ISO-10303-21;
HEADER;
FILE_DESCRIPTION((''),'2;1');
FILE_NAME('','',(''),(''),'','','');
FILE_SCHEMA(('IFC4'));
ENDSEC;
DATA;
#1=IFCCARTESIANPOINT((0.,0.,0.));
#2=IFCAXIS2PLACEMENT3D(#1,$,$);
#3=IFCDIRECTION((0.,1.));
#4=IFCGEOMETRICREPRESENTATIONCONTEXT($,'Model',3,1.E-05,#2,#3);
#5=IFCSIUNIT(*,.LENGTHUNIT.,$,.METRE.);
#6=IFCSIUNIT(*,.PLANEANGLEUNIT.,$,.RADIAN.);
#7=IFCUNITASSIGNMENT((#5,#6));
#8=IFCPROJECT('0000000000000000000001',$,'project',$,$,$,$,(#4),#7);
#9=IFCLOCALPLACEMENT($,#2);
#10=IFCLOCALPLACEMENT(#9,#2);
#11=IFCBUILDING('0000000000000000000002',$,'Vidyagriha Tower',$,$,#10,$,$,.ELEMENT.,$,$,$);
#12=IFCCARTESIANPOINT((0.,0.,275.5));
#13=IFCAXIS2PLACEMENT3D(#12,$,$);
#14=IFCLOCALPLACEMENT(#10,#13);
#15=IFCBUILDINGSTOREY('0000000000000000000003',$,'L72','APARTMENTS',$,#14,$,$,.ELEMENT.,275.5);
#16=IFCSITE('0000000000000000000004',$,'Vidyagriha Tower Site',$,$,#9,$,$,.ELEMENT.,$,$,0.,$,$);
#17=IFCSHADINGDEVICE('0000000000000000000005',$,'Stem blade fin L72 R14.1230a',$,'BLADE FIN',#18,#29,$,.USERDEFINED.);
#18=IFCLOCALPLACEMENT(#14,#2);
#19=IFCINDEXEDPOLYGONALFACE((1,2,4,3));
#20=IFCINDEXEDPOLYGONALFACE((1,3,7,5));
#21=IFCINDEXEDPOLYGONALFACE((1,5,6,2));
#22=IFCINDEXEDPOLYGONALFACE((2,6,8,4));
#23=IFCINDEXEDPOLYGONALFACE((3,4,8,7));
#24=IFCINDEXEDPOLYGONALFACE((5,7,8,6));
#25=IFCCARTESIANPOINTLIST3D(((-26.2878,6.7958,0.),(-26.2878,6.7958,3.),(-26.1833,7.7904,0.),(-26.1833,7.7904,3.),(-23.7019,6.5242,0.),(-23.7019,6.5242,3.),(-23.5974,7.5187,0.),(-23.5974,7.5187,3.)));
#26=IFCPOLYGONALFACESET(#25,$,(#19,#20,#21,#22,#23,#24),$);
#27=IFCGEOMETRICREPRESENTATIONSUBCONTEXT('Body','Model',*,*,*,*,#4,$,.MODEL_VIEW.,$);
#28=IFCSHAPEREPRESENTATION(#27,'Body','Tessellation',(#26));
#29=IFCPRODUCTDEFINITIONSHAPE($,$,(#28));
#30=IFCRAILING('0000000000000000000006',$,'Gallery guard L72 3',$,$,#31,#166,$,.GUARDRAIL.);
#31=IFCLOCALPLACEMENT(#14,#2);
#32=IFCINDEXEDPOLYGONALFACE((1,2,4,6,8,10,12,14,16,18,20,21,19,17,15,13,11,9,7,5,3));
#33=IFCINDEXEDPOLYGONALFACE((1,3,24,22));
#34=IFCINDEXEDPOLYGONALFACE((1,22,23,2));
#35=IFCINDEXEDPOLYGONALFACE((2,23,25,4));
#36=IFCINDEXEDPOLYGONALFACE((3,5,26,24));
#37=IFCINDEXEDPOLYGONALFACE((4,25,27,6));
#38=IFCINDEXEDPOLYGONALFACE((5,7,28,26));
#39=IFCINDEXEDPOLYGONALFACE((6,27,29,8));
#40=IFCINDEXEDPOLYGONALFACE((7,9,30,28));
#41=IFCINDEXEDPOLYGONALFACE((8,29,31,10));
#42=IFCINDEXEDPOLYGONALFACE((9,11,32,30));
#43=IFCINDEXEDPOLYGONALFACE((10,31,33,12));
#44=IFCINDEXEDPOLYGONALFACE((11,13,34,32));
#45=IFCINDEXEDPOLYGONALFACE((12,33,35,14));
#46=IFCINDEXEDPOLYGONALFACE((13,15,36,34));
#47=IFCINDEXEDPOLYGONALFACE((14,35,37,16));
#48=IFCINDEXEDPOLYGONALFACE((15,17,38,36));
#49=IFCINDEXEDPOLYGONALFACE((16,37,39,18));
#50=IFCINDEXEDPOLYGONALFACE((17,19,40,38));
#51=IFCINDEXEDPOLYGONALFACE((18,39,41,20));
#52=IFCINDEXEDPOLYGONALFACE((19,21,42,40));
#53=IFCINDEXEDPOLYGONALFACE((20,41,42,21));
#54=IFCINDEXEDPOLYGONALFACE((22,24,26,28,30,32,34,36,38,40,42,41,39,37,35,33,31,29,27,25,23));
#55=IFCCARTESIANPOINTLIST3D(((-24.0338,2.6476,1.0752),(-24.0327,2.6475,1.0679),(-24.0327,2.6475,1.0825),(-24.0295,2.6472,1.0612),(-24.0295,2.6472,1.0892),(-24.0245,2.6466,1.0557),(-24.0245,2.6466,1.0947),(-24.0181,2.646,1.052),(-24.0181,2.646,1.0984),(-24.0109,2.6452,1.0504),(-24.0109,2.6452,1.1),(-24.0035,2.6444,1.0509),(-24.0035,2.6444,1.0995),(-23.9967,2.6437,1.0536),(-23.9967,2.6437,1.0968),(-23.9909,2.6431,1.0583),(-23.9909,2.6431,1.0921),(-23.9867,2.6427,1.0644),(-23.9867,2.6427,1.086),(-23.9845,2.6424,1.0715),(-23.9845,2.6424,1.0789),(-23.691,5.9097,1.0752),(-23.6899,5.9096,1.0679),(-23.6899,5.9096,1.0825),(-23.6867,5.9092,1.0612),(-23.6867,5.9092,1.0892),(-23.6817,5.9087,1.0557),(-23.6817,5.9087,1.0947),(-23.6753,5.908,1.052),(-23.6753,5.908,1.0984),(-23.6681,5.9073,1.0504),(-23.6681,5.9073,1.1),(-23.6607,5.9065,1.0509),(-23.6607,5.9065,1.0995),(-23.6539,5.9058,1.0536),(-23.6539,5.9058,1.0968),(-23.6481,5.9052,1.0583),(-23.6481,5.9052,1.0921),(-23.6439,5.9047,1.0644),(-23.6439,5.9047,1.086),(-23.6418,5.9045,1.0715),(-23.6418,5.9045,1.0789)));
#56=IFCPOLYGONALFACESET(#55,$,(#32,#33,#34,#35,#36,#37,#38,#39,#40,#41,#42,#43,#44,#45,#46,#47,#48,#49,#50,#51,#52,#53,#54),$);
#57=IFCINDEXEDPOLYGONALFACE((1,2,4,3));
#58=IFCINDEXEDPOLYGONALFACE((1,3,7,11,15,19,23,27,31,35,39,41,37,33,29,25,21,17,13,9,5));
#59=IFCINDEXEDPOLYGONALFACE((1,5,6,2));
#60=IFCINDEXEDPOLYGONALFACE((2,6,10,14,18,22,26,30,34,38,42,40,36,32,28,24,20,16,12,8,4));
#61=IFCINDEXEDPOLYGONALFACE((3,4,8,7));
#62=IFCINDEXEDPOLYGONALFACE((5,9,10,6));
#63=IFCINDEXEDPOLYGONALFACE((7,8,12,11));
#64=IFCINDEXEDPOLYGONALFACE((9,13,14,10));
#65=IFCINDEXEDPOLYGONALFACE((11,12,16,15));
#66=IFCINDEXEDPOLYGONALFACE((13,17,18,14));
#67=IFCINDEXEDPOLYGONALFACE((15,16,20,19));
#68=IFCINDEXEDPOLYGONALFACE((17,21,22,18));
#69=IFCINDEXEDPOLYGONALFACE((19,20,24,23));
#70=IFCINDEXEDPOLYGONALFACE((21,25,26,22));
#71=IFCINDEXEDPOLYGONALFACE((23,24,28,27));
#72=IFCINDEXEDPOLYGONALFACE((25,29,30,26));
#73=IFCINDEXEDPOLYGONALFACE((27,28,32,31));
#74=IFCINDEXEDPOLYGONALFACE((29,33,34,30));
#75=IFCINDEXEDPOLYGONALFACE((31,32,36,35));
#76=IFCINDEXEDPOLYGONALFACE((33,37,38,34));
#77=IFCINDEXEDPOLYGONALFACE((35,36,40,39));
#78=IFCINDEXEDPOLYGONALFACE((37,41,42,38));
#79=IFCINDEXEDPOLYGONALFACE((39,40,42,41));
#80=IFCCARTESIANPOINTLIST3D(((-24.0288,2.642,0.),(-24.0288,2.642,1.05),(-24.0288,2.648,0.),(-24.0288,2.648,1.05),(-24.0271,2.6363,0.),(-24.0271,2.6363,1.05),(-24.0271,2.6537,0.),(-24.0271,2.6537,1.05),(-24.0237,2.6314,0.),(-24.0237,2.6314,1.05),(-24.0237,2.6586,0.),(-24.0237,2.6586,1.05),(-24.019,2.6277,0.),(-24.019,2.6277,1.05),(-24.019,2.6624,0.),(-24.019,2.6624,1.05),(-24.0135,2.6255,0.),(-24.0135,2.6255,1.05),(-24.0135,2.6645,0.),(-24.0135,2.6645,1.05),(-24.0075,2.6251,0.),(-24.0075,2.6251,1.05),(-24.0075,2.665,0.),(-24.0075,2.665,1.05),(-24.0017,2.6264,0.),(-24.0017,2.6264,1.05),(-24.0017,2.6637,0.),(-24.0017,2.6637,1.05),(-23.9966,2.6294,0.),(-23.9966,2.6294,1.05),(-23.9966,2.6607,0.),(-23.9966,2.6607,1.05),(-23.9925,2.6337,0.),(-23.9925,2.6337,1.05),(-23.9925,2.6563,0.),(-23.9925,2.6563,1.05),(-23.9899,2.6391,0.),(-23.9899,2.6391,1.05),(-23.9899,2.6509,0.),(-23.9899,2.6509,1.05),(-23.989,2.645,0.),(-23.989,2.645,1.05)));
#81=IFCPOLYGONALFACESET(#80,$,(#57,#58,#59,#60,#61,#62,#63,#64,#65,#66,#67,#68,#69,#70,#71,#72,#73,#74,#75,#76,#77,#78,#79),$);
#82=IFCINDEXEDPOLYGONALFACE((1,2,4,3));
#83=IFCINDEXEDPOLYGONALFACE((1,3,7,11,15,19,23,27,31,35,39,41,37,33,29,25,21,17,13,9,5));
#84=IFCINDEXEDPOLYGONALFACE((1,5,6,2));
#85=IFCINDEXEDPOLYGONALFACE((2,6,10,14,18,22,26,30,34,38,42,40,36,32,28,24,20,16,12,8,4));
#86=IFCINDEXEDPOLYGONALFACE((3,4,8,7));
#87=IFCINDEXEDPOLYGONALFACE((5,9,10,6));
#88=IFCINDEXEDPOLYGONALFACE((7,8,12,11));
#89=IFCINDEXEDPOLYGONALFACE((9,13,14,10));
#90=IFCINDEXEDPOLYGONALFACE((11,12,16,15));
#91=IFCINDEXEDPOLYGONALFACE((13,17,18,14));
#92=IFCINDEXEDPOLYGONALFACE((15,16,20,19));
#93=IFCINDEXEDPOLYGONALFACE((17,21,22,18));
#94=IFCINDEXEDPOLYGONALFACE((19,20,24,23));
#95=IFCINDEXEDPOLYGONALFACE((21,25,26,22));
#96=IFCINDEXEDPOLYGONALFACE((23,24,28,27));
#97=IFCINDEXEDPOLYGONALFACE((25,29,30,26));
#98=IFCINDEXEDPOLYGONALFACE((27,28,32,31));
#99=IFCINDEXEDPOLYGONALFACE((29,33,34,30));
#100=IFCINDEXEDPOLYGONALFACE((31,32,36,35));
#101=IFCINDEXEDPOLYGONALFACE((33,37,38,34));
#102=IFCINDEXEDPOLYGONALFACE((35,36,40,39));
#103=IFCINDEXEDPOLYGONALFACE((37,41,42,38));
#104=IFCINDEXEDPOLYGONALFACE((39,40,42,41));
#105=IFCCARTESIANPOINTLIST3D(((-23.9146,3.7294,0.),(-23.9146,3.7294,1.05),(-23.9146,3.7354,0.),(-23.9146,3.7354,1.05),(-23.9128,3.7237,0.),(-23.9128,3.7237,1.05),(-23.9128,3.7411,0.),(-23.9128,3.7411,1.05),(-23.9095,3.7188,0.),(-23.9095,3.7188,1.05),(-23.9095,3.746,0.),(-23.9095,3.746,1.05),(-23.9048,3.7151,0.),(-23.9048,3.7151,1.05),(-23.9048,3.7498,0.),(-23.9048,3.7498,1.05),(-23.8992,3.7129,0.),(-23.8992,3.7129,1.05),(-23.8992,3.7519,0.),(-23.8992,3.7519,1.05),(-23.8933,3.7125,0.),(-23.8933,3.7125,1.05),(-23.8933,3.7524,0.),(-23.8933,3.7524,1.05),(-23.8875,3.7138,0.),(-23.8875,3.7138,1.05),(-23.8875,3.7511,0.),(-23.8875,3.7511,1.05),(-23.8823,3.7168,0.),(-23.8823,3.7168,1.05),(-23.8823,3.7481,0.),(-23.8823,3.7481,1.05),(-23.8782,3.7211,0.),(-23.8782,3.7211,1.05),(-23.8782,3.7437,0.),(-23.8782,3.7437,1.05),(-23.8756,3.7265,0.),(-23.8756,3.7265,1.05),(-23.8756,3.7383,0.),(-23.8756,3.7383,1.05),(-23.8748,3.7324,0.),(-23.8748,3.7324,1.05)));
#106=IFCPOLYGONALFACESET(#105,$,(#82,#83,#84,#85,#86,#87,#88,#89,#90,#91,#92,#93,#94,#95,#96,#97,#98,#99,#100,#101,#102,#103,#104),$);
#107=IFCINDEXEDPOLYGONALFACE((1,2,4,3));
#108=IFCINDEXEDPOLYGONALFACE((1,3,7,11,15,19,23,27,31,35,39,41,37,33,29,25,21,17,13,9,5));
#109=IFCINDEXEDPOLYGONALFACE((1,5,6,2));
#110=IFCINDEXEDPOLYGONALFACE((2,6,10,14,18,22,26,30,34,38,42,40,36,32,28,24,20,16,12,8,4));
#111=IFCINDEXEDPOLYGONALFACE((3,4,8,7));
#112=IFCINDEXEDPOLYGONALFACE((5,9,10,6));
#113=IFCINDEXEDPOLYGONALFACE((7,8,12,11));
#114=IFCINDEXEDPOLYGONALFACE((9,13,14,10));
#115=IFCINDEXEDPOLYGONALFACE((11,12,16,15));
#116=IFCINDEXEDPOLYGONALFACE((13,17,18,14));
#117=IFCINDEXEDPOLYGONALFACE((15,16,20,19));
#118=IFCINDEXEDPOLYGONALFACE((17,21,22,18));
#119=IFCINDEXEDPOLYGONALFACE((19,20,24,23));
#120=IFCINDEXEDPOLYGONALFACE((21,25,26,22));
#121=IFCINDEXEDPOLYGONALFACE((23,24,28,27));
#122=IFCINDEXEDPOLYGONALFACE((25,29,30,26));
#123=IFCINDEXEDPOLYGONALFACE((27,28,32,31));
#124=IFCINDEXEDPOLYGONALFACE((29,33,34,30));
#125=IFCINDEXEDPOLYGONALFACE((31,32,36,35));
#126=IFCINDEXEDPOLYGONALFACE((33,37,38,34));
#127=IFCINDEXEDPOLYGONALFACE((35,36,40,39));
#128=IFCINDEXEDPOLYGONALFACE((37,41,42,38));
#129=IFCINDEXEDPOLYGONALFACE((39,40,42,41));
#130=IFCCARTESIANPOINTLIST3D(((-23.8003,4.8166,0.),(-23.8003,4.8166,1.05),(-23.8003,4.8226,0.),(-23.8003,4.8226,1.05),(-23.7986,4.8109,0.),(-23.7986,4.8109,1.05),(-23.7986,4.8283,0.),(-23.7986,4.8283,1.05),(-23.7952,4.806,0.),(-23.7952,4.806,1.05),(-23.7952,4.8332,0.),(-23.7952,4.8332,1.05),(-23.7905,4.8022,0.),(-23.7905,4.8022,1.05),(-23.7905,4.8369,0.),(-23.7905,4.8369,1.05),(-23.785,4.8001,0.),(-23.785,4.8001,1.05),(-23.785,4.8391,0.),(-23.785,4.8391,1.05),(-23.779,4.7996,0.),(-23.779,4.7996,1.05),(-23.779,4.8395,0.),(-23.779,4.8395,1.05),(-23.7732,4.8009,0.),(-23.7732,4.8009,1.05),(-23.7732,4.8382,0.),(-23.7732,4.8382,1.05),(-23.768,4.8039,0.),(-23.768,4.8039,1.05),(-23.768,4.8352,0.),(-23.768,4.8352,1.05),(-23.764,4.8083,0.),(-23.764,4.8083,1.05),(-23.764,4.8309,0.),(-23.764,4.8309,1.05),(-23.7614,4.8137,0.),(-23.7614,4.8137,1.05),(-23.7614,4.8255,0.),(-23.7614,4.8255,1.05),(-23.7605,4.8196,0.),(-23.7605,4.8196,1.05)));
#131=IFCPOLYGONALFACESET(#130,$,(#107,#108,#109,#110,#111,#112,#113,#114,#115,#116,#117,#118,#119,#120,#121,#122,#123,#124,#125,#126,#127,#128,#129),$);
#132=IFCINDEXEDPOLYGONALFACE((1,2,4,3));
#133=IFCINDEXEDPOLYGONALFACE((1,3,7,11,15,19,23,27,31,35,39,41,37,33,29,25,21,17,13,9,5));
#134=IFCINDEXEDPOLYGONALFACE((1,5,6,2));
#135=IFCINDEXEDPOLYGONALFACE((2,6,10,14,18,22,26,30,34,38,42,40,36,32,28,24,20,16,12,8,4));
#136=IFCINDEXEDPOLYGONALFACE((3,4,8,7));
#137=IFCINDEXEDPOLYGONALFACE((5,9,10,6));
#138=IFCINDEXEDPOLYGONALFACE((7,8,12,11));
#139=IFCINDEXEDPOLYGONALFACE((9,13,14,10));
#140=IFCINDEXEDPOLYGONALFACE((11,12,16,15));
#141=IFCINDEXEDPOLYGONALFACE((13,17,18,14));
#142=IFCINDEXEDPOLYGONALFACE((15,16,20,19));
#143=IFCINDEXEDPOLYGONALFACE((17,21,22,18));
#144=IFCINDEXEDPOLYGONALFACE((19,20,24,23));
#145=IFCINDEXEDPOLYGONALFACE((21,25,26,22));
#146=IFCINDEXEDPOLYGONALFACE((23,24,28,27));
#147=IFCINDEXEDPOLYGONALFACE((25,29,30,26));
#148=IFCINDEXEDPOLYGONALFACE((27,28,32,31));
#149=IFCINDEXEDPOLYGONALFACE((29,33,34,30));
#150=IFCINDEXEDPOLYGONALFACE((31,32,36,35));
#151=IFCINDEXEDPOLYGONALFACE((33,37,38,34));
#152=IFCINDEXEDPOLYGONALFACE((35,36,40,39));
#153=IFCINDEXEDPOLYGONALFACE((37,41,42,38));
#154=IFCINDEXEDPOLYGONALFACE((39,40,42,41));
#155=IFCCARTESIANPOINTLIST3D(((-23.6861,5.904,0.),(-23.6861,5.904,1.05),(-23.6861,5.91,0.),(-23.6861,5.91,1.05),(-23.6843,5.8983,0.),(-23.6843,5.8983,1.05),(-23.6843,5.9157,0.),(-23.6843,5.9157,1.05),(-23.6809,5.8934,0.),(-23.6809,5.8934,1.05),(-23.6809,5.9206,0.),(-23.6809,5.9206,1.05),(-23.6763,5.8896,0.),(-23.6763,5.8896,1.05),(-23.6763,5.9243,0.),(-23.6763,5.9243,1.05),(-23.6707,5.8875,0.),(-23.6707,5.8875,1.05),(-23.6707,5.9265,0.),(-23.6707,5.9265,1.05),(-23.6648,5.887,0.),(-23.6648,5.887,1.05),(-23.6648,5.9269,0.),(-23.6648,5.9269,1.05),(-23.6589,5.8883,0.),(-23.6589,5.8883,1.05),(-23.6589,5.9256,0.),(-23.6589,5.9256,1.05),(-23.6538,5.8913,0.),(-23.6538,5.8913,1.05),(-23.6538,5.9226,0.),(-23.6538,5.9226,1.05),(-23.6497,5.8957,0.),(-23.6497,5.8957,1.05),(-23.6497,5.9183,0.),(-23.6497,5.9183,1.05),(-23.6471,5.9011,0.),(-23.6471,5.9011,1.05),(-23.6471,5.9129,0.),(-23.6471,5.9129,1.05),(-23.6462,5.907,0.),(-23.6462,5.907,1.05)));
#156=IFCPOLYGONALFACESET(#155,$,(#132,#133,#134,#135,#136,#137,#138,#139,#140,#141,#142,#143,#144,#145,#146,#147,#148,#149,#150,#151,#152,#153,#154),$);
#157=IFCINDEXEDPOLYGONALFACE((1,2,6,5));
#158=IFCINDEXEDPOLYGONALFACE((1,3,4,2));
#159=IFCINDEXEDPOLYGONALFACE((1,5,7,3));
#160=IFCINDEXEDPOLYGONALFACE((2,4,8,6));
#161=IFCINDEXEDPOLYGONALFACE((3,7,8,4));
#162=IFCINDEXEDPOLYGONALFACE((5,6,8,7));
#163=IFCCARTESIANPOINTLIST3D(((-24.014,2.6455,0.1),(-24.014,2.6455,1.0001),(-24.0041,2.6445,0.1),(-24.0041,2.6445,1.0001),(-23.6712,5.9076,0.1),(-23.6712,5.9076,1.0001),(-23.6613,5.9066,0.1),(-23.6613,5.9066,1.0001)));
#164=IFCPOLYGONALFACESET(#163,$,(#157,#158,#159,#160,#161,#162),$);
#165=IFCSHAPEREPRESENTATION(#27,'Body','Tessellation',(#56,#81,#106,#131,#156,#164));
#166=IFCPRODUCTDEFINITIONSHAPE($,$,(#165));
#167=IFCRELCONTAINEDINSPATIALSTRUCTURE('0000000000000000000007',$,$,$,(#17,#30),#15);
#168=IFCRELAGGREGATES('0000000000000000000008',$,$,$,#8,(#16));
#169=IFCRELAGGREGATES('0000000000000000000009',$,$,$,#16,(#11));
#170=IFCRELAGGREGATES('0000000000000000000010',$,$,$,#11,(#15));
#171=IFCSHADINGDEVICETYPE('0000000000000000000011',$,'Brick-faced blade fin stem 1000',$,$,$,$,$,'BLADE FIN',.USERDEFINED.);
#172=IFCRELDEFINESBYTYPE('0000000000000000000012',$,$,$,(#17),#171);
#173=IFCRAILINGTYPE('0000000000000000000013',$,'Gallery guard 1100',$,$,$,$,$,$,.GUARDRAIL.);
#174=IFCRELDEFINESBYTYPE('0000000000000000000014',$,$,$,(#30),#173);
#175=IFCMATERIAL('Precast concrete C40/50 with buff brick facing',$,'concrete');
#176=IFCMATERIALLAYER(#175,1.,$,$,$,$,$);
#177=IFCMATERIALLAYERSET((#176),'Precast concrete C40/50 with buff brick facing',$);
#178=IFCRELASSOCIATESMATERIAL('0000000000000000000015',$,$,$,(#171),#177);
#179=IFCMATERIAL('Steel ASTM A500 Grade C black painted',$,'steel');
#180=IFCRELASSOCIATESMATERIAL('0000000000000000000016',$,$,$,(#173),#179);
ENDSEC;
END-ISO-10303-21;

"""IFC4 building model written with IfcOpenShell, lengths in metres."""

from ifc_helpers import new_model, si_unit, direction, frame, origin, origin_2d, place, context, subcontext, project, spatial, polyline, rectangle, circle, outline, extrude, material, layer, layer_set, type_object, element, save


model = new_model("IFC4")

# Units and contexts
model_context = context("Model", 3, precision=1e-05, world=origin(), true_north=direction((0.0, 1.0)))
body_context = subcontext(model_context, "Body", "Model", "MODEL_VIEW")
ifc_project = project(units=[si_unit("LENGTHUNIT", "METRE"), si_unit("PLANEANGLEUNIT", "RADIAN")], contexts=[model_context])

# Site, building, storey
site_placement = place(None, origin())
site = spatial("IfcSite", under=ifc_project, at=site_placement, Name="Vidyagriha Tower Site", CompositionType="ELEMENT", RefElevation=0.0)
building_placement = place(site_placement, origin())
building = spatial("IfcBuilding", under=site, at=building_placement, Name="Vidyagriha Tower", CompositionType="ELEMENT")
storey_placement = place(building_placement, frame((0.0, 0.0, 275.5)))
storey = spatial("IfcBuildingStorey", under=building, at=storey_placement, Name="L72", Description="APARTMENTS", CompositionType="ELEMENT", Elevation=275.5)

# Shading device
ifc_material_1 = material(Name="Precast concrete C40/50 with buff brick facing", Category="concrete")
ifc_layer_1 = layer(ifc_material_1, 1.0)
ifc_layer_set_1 = layer_set([ifc_layer_1], Name="Precast concrete C40/50 with buff brick facing")
shading_device_type_1 = type_object("IfcShadingDeviceType", Name="Brick-faced blade fin stem 1000", ElementType="BLADE FIN", PredefinedType="USERDEFINED", material=ifc_layer_set_1)
shading_device_1_placement = place(storey_placement, frame((-24.8904, 7.6545, 0.0), z_axis=(0.0, 0.0, 1.0), x_axis=(-0.104481, -0.994527, 0.0)))
element("IfcShadingDevice", 1, at=shading_device_1_placement, inside=storey, type_object=shading_device_type_1, Name="Stem blade fin L72 R14.1230a", ObjectType="BLADE FIN", PredefinedType="USERDEFINED", context=body_context, shape_type="SweptSolid", body=[
    extrude(outline(polyline([(0.0, 0.0), (1.0, 0.0), (1.0, 3.0), (0.0, 3.0), (0.0, 0.0)])), frame((0.0, 1.3, 0.0), z_axis=(0.0, -1.0, 0.0), x_axis=(1.0, 0.0, 0.0)), (0.0, 0.0, 1.0), 2.6001),
])

# Railing
ifc_material_2 = material(Name="Steel ASTM A500 Grade C black painted", Category="steel")
railing_type_1 = type_object("IfcRailingType", Name="Gallery guard 1100", PredefinedType="GUARDRAIL", material=ifc_material_2)
railing_1_placement = place(storey_placement, frame((-24.009, 2.645, 0.0)))
element("IfcRailing", 2, at=railing_1_placement, inside=storey, type_object=railing_type_1, Name="Gallery guard L72 3", PredefinedType="GUARDRAIL", context=body_context, shape_type="SweptSolid", body=[
    extrude(circle(Radius=0.0249, at=origin_2d()), frame((0.0, 0.0, 1.0752), z_axis=(0.104507, 0.994524, 0.0), x_axis=(-0.994524, 0.104507, 0.0)), (0.0, 0.0, 1.0), 3.28),
    extrude(circle(Radius=0.02, at=origin_2d()), origin(), (0.0, 0.0, 1.0), 1.05),
    extrude(circle(Radius=0.02, at=origin_2d()), frame((0.1143, 1.0874, 0.0)), (0.0, 0.0, 1.0), 1.05),
    extrude(circle(Radius=0.02, at=origin_2d()), frame((0.2285, 2.1746, 0.0)), (0.0, 0.0, 1.0), 1.05),
    extrude(circle(Radius=0.02, at=origin_2d()), frame((0.3428, 3.262, 0.0)), (0.0, 0.0, 1.0), 1.05),
    extrude(rectangle(XDim=0.01, YDim=0.9001, at=origin_2d()), frame((0.0, 0.0, 0.55), z_axis=(0.104507, 0.994524, 0.0), x_axis=(-0.994524, 0.104507, 0.0)), (0.0, 0.0, 1.0), 3.28),
])

save(model, "model.ifc")
